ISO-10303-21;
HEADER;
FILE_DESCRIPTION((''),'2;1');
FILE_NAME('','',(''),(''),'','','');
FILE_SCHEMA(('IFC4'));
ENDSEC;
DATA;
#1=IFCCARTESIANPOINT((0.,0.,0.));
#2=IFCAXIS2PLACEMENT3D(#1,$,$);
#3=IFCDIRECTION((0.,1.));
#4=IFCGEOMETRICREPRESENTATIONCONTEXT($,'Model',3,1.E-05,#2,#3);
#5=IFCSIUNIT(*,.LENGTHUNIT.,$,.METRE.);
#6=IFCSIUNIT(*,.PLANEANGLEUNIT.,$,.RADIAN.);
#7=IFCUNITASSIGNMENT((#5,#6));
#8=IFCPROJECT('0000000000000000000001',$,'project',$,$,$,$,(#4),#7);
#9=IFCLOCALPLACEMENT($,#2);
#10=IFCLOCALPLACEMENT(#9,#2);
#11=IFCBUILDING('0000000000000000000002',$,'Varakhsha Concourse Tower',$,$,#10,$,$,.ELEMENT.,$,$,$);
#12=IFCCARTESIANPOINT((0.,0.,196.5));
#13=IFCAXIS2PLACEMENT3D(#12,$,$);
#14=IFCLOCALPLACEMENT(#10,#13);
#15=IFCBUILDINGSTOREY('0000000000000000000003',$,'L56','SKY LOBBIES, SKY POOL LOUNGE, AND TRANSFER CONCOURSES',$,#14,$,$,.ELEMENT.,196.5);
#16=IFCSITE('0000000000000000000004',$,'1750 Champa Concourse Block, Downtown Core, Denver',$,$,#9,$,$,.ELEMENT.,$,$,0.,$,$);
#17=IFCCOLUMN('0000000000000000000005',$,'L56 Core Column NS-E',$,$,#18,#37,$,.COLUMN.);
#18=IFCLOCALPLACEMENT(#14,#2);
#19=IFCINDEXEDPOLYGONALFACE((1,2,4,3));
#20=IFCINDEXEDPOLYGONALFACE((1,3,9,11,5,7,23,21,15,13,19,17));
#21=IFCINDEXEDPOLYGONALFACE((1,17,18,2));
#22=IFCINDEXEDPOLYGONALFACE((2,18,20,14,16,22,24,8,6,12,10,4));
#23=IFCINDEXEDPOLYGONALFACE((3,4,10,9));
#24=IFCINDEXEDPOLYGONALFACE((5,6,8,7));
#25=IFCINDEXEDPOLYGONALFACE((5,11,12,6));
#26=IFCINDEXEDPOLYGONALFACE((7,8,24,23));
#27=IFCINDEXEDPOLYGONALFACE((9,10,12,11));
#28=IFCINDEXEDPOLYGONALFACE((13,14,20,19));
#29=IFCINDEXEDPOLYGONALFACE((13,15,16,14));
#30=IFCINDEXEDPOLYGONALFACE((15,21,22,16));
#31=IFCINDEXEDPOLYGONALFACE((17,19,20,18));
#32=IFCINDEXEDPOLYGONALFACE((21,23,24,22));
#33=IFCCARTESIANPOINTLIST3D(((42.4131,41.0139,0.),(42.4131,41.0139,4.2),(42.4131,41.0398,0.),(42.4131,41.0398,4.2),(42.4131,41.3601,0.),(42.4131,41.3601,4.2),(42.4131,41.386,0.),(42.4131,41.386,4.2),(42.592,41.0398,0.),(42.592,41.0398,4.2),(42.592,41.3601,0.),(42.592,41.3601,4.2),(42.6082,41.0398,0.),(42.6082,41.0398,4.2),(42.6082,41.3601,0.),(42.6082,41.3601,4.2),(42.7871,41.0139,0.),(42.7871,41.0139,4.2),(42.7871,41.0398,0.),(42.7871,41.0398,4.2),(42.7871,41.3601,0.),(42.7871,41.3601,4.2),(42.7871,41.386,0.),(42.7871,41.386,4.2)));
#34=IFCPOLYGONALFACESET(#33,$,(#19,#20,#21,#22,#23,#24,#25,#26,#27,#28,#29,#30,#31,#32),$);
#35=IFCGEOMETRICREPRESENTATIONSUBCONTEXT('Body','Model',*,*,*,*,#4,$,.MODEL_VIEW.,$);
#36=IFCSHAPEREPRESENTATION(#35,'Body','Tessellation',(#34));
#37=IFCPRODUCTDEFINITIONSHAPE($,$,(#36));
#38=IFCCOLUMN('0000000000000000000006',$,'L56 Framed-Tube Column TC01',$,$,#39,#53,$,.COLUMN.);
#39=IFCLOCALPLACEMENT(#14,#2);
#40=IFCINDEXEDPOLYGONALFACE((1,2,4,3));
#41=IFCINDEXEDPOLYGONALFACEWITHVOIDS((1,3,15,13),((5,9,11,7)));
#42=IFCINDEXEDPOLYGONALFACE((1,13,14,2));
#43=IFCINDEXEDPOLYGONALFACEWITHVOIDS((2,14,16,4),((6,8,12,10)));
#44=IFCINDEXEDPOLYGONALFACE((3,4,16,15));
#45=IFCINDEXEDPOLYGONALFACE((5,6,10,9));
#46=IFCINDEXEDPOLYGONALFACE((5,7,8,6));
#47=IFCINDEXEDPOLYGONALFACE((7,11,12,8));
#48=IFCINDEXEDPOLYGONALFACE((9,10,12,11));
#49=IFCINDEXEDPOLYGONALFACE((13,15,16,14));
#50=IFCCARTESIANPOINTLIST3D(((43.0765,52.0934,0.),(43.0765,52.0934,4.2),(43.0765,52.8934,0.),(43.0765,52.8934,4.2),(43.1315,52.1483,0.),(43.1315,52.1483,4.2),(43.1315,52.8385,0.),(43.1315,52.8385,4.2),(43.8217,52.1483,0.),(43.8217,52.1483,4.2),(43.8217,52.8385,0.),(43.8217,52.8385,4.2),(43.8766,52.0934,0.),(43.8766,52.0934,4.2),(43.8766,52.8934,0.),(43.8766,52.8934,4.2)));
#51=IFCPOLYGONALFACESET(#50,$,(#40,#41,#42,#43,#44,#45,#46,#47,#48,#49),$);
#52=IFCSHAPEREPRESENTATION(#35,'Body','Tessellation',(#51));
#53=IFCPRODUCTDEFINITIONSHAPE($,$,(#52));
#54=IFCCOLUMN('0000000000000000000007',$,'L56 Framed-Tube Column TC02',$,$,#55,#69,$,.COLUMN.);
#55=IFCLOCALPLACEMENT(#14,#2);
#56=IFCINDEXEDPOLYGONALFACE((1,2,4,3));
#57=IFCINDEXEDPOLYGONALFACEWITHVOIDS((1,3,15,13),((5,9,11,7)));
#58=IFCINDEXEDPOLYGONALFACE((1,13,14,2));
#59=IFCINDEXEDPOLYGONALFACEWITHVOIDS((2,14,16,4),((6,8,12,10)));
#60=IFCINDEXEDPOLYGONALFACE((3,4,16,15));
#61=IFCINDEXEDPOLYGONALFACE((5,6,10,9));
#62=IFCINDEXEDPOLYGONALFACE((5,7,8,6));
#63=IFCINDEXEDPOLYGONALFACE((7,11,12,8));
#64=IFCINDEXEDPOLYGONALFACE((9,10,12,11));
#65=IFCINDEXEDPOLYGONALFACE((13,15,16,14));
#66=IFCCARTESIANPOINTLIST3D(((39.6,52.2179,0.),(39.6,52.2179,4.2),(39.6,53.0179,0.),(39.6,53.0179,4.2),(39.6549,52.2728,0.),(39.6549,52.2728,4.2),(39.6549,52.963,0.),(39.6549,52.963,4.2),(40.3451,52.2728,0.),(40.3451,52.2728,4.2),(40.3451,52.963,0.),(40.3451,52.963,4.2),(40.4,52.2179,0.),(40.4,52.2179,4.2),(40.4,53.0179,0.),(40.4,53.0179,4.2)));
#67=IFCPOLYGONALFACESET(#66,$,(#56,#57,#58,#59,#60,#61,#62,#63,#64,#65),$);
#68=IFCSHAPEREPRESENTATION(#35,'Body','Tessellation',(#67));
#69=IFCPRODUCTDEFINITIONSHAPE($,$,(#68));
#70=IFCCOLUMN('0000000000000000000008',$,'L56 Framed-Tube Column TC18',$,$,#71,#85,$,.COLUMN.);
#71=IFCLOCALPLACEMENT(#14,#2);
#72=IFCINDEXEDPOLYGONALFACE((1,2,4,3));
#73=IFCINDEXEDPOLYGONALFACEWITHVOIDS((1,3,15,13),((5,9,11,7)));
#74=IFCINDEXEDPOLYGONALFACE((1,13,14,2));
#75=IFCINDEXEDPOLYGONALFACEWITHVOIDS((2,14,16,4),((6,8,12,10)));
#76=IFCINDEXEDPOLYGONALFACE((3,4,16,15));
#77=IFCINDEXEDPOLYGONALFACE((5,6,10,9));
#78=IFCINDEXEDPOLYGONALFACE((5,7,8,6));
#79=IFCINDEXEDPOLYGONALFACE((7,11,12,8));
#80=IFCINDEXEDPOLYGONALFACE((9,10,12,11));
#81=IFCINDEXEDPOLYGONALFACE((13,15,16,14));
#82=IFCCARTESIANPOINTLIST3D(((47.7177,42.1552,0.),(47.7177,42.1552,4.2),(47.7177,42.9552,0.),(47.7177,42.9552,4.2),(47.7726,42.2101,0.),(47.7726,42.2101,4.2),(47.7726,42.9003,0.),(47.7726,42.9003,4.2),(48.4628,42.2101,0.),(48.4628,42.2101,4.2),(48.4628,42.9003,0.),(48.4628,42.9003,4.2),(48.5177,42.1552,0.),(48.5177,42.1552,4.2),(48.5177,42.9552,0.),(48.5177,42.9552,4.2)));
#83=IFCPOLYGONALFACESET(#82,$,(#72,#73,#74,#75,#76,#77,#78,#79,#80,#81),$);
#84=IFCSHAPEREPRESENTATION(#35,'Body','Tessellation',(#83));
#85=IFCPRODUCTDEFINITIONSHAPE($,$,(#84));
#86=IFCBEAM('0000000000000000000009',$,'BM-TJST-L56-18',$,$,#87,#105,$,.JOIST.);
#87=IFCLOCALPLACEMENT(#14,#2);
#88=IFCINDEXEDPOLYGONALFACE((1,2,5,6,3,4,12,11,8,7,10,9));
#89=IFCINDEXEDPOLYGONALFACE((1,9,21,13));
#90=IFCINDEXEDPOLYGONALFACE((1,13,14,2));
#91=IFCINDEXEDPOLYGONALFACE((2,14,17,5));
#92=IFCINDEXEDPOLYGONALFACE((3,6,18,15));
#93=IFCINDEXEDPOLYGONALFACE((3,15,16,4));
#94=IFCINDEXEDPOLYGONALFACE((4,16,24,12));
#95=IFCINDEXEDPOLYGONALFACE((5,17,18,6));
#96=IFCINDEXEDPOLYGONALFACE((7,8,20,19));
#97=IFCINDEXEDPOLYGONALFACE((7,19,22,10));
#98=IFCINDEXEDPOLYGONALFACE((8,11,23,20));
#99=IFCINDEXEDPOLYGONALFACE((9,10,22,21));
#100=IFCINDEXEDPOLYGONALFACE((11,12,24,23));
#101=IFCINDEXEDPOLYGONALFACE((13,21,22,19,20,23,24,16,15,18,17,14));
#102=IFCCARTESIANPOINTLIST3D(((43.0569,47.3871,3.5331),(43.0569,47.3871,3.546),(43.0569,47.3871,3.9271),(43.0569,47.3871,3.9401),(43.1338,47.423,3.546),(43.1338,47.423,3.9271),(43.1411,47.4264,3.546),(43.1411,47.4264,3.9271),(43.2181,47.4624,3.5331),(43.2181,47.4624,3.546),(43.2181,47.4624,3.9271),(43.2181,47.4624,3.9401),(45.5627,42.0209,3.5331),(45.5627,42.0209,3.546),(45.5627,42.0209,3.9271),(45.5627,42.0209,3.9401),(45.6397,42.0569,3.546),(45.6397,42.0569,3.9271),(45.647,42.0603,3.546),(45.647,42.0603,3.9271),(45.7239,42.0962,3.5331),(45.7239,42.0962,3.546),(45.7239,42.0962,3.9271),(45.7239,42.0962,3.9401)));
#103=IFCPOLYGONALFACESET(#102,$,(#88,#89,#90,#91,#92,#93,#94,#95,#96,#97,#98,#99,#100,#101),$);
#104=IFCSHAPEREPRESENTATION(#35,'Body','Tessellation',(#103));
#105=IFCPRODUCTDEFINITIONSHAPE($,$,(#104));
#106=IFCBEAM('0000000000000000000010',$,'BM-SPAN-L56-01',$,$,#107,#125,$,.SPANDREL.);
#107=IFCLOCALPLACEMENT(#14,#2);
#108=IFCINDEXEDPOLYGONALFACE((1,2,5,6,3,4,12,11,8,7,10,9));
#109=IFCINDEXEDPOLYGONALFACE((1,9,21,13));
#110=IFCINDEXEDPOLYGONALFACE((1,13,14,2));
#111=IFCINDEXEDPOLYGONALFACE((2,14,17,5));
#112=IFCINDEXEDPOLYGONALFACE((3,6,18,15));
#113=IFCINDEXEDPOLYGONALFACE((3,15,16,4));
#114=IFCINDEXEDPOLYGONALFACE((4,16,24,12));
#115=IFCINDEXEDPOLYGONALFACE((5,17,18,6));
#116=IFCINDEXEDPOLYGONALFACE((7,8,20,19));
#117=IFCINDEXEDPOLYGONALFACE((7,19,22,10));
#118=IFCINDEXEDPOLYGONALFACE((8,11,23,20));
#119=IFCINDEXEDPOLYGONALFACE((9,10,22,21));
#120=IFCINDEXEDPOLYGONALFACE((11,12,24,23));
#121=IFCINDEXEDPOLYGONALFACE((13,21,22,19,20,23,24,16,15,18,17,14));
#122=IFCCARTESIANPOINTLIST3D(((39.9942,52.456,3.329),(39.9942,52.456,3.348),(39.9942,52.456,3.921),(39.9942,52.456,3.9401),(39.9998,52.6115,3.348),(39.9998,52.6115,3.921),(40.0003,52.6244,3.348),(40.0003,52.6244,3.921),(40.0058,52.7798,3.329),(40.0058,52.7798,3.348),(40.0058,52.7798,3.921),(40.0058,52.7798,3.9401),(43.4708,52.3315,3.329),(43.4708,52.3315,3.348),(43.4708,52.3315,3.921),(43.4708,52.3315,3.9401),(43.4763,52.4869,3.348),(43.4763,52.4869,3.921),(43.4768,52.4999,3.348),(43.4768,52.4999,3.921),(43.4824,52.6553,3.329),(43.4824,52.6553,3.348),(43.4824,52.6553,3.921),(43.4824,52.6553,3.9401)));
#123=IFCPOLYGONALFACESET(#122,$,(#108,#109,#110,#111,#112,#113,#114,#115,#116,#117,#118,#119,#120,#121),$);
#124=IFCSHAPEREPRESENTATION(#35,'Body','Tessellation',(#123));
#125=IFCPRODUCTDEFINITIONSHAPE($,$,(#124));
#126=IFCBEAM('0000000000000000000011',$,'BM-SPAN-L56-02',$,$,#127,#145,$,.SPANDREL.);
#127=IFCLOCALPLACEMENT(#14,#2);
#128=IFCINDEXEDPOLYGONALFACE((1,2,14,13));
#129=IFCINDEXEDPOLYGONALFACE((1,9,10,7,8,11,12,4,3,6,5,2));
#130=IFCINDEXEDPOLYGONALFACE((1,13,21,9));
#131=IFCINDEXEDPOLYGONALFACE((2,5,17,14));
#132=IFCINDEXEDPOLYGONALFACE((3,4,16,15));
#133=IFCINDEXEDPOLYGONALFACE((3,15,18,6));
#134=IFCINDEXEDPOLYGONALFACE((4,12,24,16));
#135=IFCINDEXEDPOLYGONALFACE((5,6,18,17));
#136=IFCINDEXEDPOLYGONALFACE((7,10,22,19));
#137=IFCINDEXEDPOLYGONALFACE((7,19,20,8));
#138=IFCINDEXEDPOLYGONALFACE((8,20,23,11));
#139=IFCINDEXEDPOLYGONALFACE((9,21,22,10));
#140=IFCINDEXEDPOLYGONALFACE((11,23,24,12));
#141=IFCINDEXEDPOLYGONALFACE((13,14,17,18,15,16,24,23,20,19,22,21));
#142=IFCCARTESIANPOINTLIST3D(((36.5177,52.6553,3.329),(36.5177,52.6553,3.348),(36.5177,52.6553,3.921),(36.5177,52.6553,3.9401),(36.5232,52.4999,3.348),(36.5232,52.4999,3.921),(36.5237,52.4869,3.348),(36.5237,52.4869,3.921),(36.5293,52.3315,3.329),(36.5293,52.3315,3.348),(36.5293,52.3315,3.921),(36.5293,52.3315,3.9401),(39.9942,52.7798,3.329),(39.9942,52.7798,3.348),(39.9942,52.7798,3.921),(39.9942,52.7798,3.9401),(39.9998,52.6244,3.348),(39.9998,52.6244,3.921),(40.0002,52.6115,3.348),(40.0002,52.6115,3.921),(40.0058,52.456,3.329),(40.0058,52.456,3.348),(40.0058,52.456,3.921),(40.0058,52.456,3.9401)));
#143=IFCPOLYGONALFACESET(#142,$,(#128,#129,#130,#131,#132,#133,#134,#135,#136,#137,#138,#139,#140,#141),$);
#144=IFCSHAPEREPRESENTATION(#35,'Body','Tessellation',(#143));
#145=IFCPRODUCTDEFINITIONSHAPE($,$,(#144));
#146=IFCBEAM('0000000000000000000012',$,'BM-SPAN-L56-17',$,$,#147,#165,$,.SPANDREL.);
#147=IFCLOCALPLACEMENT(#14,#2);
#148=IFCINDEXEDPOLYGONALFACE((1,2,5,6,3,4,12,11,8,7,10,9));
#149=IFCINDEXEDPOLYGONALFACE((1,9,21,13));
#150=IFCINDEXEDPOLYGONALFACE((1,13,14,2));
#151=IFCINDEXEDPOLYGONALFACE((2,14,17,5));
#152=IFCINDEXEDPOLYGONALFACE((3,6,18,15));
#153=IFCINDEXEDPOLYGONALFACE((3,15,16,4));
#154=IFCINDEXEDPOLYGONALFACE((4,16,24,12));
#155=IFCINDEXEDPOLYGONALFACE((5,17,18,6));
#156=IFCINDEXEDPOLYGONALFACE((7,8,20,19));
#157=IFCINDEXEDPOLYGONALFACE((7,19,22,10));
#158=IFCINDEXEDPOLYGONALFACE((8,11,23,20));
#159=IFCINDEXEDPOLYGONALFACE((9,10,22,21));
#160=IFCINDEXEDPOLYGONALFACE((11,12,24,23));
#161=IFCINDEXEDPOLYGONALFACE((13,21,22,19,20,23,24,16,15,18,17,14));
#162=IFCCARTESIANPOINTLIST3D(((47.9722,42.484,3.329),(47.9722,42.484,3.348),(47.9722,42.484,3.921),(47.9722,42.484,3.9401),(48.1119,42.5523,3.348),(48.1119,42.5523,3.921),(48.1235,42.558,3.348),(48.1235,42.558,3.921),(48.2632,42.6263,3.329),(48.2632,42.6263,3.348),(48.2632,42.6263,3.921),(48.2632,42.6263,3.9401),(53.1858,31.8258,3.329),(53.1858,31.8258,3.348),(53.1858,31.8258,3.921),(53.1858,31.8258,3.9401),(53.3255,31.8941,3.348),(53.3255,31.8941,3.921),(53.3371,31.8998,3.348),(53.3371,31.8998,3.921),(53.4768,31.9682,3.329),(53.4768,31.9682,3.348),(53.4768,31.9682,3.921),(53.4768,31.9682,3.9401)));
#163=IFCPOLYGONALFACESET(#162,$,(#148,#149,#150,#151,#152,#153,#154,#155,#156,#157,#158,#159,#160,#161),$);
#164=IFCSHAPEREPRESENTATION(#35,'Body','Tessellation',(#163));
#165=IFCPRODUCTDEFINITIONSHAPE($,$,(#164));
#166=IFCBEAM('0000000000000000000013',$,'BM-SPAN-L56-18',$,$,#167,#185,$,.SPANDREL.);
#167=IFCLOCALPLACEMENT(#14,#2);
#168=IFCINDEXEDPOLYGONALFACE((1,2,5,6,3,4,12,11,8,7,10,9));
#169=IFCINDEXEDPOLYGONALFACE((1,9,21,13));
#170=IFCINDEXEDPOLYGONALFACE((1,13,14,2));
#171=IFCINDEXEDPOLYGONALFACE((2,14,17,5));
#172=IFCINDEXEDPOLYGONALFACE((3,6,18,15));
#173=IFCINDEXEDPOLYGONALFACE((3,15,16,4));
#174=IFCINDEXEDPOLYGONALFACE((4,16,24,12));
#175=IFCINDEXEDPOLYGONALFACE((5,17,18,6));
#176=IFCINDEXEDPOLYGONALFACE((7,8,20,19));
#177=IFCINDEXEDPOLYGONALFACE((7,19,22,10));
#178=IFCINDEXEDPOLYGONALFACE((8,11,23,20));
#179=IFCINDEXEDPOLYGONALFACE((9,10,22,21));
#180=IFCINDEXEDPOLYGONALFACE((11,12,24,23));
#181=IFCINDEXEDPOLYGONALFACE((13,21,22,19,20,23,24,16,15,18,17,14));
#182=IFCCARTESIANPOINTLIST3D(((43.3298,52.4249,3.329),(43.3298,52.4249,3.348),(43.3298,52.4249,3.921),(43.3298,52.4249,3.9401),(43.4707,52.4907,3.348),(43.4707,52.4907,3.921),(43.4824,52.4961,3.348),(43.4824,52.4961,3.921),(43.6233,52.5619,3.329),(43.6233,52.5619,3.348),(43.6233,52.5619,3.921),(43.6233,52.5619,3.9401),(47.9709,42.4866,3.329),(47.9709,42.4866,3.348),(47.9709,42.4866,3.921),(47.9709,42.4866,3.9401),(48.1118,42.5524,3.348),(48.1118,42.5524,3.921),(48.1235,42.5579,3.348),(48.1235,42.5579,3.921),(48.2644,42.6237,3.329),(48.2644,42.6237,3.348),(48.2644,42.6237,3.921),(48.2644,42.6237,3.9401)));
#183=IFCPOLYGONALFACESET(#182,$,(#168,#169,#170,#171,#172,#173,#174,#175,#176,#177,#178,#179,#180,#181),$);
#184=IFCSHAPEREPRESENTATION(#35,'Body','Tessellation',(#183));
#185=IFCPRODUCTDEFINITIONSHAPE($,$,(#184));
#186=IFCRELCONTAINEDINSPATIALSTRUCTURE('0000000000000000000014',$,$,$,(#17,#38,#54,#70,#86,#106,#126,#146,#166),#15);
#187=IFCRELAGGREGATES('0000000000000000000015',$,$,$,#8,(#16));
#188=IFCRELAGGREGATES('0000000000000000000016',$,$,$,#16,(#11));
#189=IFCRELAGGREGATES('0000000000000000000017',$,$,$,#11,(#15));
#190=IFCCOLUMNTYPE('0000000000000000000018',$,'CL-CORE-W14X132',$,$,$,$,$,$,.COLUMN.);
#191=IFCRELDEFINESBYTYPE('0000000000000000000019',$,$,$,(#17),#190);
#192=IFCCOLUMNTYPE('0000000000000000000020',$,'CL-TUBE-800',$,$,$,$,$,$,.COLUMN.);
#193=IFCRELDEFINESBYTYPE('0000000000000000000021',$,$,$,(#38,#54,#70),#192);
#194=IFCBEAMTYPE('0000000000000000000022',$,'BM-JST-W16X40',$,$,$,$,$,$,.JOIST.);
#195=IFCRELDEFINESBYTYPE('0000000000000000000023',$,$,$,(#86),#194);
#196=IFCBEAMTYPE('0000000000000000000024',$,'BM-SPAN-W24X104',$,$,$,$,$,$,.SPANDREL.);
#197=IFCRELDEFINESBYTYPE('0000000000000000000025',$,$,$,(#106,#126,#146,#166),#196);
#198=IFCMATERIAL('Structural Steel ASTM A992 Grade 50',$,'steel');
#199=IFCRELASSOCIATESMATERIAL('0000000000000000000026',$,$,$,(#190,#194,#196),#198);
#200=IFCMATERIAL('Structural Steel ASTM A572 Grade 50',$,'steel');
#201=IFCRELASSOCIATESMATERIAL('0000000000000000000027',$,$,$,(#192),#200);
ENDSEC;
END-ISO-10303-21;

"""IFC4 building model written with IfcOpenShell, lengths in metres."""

from ifc_helpers import new_model, si_unit, direction, frame, origin, origin_2d, place, context, subcontext, project, spatial, hollow_rectangle, i_section, extrude, material, material_profile, profile_set, type_object, element, save


model = new_model("IFC4")

# Units and contexts
model_context = context("Model", 3, precision=1e-05, world=origin(), true_north=direction((0.0, 1.0)))
body_context = subcontext(model_context, "Body", "Model", "MODEL_VIEW")
ifc_project = project(units=[si_unit("LENGTHUNIT", "METRE"), si_unit("PLANEANGLEUNIT", "RADIAN")], contexts=[model_context])

# Site, building, storey
site_placement = place(None, origin())
site = spatial("IfcSite", under=ifc_project, at=site_placement, Name="1750 Champa Concourse Block, Downtown Core, Denver", CompositionType="ELEMENT", RefElevation=0.0)
building_placement = place(site_placement, origin())
building = spatial("IfcBuilding", under=site, at=building_placement, Name="Varakhsha Concourse Tower", CompositionType="ELEMENT")
storey_placement = place(building_placement, frame((0.0, 0.0, 196.5)))
storey = spatial("IfcBuildingStorey", under=building, at=storey_placement, Name="L56", Description="SKY LOBBIES, SKY POOL LOUNGE, AND TRANSFER CONCOURSES", CompositionType="ELEMENT", Elevation=196.5)

# Columns
ifc_material_1 = material(Name="Structural Steel ASTM A992 Grade 50", Category="steel")
ifc_material_profile_1 = material_profile(ifc_material_1, i_section(OverallWidth=0.374, OverallDepth=0.3721, WebThickness=0.0161, FlangeThickness=0.0259, at=origin_2d()), Name="W14X132")
ifc_profile_set_1 = profile_set([ifc_material_profile_1], Name="Structural Steel ASTM A992 Grade 50")
column_type_1 = type_object("IfcColumnType", Name="CL-CORE-W14X132", PredefinedType="COLUMN", material=ifc_profile_set_1)
column_placement = place(storey_placement, frame((42.6001, 41.2, 0.0), z_axis=(0.0, 0.0, 1.0), x_axis=(1.0, 0.0, 0.0)))
element("IfcColumn", 1, at=column_placement, inside=storey, type_object=column_type_1, Name="L56 Core Column NS-E", PredefinedType="COLUMN", context=body_context, shape_type="SweptSolid", body=[
    extrude(i_section(OverallWidth=0.374, OverallDepth=0.3721, WebThickness=0.0161, FlangeThickness=0.0259, at=origin_2d()), origin(), (0.0, 0.0, 1.0), 4.2),
])
ifc_material_2 = material(Name="Structural Steel ASTM A572 Grade 50", Category="steel")
ifc_material_profile_2 = material_profile(ifc_material_2, hollow_rectangle(XDim=0.8, YDim=0.8, WallThickness=0.0549, at=origin_2d()), Name="BOX 800x800x55")
ifc_profile_set_2 = profile_set([ifc_material_profile_2], Name="Structural Steel ASTM A572 Grade 50")
column_type_2 = type_object("IfcColumnType", Name="CL-TUBE-800", PredefinedType="COLUMN", material=ifc_profile_set_2)
for number, where, z_axis, x_axis, name in (
    (2, (43.4766, 52.4934, 0.0), (0.0, 0.0, 1.0), (1.0, 0.0, 0.0), "L56 Framed-Tube Column TC01"),
    (3, (40.0, 52.6179, 0.0), (0.0, 0.0, 1.0), (1.0, 0.0, 0.0), "L56 Framed-Tube Column TC02"),
    (4, (48.1177, 42.5552, 0.0), (0.0, 0.0, 1.0), (1.0, 0.0, 0.0), "L56 Framed-Tube Column TC18"),
):
    element("IfcColumn", number, at=place(storey_placement, frame(where, z_axis=z_axis, x_axis=x_axis)), inside=storey, type_object=column_type_2, Name=name, PredefinedType="COLUMN", context=body_context, shape_type="SweptSolid", body=[
        extrude(hollow_rectangle(XDim=0.8, YDim=0.8, WallThickness=0.0549, at=origin_2d()), origin(), (0.0, 0.0, 1.0), 4.2),
    ])

# Beams
ifc_material_profile_3 = material_profile(ifc_material_1, i_section(OverallWidth=0.178, OverallDepth=0.407, WebThickness=0.0081, FlangeThickness=0.0129, at=origin_2d()), Name="W16X40")
ifc_profile_set_3 = profile_set([ifc_material_profile_3], Name="Structural Steel ASTM A992 Grade 50")
beam_type_1 = type_object("IfcBeamType", Name="BM-JST-W16X40", PredefinedType="JOIST", material=ifc_profile_set_3)
beam_1_placement = place(storey_placement, frame((45.6433, 42.0586, 3.7366), z_axis=(-0.423111, 0.906078, 0.0), x_axis=(-0.906078, -0.423111, 0.0)))
element("IfcBeam", 5, at=beam_1_placement, inside=storey, type_object=beam_type_1, Name="BM-TJST-L56-18", PredefinedType="JOIST", context=body_context, shape_type="SweptSolid", body=[
    extrude(i_section(OverallWidth=0.178, OverallDepth=0.407, WebThickness=0.0081, FlangeThickness=0.0129, at=origin_2d()), origin(), (0.0, 0.0, 1.0), 5.9224),
])
ifc_material_profile_4 = material_profile(ifc_material_1, i_section(OverallWidth=0.324, OverallDepth=0.6111, WebThickness=0.0129, FlangeThickness=0.019, at=origin_2d()), Name="W24X104")
ifc_profile_set_4 = profile_set([ifc_material_profile_4], Name="Structural Steel ASTM A992 Grade 50")
beam_type_2 = type_object("IfcBeamType", Name="BM-SPAN-W24X104", PredefinedType="SPANDREL", material=ifc_profile_set_4)
for number, where, z_axis, x_axis, name in (
    (6, (43.4766, 52.4934, 3.6345), (-0.999359, 0.035792, 0.0), (-0.035792, -0.999359, 0.0), "BM-SPAN-L56-01"),
    (7, (40.0, 52.6179, 3.6345), (-0.999359, -0.035792, 0.0), (0.035792, -0.999359, 0.0), "BM-SPAN-L56-02"),
):
    element("IfcBeam", number, at=place(storey_placement, frame(where, z_axis=z_axis, x_axis=x_axis)), inside=storey, type_object=beam_type_2, Name=name, PredefinedType="SPANDREL", context=body_context, shape_type="SweptSolid", body=[
        extrude(i_section(OverallWidth=0.324, OverallDepth=0.6111, WebThickness=0.0129, FlangeThickness=0.019, at=origin_2d()), origin(), (0.0, 0.0, 1.0), 3.4788),
    ])
beam_2_placement = place(storey_placement, frame((53.3313, 31.897, 3.6345), z_axis=(-0.439411, 0.898286, 0.0), x_axis=(-0.898286, -0.439411, 0.0)))
element("IfcBeam", 8, at=beam_2_placement, inside=storey, type_object=beam_type_2, Name="BM-SPAN-L56-17", PredefinedType="SPANDREL", context=body_context, shape_type="SweptSolid", body=[
    extrude(i_section(OverallWidth=0.324, OverallDepth=0.6111, WebThickness=0.0129, FlangeThickness=0.019, at=origin_2d()), origin(), (0.0, 0.0, 1.0), 11.865),
])
beam_3_placement = place(storey_placement, frame((48.1177, 42.5552, 3.6345), z_axis=(-0.42313, 0.906069, 0.0), x_axis=(-0.906069, -0.42313, 0.0)))
element("IfcBeam", 9, at=beam_3_placement, inside=storey, type_object=beam_type_2, Name="BM-SPAN-L56-18", PredefinedType="SPANDREL", context=body_context, shape_type="SweptSolid", body=[
    extrude(i_section(OverallWidth=0.324, OverallDepth=0.6111, WebThickness=0.0129, FlangeThickness=0.019, at=origin_2d()), origin(), (0.0, 0.0, 1.0), 10.9685),
])

save(model, "model.ifc")
